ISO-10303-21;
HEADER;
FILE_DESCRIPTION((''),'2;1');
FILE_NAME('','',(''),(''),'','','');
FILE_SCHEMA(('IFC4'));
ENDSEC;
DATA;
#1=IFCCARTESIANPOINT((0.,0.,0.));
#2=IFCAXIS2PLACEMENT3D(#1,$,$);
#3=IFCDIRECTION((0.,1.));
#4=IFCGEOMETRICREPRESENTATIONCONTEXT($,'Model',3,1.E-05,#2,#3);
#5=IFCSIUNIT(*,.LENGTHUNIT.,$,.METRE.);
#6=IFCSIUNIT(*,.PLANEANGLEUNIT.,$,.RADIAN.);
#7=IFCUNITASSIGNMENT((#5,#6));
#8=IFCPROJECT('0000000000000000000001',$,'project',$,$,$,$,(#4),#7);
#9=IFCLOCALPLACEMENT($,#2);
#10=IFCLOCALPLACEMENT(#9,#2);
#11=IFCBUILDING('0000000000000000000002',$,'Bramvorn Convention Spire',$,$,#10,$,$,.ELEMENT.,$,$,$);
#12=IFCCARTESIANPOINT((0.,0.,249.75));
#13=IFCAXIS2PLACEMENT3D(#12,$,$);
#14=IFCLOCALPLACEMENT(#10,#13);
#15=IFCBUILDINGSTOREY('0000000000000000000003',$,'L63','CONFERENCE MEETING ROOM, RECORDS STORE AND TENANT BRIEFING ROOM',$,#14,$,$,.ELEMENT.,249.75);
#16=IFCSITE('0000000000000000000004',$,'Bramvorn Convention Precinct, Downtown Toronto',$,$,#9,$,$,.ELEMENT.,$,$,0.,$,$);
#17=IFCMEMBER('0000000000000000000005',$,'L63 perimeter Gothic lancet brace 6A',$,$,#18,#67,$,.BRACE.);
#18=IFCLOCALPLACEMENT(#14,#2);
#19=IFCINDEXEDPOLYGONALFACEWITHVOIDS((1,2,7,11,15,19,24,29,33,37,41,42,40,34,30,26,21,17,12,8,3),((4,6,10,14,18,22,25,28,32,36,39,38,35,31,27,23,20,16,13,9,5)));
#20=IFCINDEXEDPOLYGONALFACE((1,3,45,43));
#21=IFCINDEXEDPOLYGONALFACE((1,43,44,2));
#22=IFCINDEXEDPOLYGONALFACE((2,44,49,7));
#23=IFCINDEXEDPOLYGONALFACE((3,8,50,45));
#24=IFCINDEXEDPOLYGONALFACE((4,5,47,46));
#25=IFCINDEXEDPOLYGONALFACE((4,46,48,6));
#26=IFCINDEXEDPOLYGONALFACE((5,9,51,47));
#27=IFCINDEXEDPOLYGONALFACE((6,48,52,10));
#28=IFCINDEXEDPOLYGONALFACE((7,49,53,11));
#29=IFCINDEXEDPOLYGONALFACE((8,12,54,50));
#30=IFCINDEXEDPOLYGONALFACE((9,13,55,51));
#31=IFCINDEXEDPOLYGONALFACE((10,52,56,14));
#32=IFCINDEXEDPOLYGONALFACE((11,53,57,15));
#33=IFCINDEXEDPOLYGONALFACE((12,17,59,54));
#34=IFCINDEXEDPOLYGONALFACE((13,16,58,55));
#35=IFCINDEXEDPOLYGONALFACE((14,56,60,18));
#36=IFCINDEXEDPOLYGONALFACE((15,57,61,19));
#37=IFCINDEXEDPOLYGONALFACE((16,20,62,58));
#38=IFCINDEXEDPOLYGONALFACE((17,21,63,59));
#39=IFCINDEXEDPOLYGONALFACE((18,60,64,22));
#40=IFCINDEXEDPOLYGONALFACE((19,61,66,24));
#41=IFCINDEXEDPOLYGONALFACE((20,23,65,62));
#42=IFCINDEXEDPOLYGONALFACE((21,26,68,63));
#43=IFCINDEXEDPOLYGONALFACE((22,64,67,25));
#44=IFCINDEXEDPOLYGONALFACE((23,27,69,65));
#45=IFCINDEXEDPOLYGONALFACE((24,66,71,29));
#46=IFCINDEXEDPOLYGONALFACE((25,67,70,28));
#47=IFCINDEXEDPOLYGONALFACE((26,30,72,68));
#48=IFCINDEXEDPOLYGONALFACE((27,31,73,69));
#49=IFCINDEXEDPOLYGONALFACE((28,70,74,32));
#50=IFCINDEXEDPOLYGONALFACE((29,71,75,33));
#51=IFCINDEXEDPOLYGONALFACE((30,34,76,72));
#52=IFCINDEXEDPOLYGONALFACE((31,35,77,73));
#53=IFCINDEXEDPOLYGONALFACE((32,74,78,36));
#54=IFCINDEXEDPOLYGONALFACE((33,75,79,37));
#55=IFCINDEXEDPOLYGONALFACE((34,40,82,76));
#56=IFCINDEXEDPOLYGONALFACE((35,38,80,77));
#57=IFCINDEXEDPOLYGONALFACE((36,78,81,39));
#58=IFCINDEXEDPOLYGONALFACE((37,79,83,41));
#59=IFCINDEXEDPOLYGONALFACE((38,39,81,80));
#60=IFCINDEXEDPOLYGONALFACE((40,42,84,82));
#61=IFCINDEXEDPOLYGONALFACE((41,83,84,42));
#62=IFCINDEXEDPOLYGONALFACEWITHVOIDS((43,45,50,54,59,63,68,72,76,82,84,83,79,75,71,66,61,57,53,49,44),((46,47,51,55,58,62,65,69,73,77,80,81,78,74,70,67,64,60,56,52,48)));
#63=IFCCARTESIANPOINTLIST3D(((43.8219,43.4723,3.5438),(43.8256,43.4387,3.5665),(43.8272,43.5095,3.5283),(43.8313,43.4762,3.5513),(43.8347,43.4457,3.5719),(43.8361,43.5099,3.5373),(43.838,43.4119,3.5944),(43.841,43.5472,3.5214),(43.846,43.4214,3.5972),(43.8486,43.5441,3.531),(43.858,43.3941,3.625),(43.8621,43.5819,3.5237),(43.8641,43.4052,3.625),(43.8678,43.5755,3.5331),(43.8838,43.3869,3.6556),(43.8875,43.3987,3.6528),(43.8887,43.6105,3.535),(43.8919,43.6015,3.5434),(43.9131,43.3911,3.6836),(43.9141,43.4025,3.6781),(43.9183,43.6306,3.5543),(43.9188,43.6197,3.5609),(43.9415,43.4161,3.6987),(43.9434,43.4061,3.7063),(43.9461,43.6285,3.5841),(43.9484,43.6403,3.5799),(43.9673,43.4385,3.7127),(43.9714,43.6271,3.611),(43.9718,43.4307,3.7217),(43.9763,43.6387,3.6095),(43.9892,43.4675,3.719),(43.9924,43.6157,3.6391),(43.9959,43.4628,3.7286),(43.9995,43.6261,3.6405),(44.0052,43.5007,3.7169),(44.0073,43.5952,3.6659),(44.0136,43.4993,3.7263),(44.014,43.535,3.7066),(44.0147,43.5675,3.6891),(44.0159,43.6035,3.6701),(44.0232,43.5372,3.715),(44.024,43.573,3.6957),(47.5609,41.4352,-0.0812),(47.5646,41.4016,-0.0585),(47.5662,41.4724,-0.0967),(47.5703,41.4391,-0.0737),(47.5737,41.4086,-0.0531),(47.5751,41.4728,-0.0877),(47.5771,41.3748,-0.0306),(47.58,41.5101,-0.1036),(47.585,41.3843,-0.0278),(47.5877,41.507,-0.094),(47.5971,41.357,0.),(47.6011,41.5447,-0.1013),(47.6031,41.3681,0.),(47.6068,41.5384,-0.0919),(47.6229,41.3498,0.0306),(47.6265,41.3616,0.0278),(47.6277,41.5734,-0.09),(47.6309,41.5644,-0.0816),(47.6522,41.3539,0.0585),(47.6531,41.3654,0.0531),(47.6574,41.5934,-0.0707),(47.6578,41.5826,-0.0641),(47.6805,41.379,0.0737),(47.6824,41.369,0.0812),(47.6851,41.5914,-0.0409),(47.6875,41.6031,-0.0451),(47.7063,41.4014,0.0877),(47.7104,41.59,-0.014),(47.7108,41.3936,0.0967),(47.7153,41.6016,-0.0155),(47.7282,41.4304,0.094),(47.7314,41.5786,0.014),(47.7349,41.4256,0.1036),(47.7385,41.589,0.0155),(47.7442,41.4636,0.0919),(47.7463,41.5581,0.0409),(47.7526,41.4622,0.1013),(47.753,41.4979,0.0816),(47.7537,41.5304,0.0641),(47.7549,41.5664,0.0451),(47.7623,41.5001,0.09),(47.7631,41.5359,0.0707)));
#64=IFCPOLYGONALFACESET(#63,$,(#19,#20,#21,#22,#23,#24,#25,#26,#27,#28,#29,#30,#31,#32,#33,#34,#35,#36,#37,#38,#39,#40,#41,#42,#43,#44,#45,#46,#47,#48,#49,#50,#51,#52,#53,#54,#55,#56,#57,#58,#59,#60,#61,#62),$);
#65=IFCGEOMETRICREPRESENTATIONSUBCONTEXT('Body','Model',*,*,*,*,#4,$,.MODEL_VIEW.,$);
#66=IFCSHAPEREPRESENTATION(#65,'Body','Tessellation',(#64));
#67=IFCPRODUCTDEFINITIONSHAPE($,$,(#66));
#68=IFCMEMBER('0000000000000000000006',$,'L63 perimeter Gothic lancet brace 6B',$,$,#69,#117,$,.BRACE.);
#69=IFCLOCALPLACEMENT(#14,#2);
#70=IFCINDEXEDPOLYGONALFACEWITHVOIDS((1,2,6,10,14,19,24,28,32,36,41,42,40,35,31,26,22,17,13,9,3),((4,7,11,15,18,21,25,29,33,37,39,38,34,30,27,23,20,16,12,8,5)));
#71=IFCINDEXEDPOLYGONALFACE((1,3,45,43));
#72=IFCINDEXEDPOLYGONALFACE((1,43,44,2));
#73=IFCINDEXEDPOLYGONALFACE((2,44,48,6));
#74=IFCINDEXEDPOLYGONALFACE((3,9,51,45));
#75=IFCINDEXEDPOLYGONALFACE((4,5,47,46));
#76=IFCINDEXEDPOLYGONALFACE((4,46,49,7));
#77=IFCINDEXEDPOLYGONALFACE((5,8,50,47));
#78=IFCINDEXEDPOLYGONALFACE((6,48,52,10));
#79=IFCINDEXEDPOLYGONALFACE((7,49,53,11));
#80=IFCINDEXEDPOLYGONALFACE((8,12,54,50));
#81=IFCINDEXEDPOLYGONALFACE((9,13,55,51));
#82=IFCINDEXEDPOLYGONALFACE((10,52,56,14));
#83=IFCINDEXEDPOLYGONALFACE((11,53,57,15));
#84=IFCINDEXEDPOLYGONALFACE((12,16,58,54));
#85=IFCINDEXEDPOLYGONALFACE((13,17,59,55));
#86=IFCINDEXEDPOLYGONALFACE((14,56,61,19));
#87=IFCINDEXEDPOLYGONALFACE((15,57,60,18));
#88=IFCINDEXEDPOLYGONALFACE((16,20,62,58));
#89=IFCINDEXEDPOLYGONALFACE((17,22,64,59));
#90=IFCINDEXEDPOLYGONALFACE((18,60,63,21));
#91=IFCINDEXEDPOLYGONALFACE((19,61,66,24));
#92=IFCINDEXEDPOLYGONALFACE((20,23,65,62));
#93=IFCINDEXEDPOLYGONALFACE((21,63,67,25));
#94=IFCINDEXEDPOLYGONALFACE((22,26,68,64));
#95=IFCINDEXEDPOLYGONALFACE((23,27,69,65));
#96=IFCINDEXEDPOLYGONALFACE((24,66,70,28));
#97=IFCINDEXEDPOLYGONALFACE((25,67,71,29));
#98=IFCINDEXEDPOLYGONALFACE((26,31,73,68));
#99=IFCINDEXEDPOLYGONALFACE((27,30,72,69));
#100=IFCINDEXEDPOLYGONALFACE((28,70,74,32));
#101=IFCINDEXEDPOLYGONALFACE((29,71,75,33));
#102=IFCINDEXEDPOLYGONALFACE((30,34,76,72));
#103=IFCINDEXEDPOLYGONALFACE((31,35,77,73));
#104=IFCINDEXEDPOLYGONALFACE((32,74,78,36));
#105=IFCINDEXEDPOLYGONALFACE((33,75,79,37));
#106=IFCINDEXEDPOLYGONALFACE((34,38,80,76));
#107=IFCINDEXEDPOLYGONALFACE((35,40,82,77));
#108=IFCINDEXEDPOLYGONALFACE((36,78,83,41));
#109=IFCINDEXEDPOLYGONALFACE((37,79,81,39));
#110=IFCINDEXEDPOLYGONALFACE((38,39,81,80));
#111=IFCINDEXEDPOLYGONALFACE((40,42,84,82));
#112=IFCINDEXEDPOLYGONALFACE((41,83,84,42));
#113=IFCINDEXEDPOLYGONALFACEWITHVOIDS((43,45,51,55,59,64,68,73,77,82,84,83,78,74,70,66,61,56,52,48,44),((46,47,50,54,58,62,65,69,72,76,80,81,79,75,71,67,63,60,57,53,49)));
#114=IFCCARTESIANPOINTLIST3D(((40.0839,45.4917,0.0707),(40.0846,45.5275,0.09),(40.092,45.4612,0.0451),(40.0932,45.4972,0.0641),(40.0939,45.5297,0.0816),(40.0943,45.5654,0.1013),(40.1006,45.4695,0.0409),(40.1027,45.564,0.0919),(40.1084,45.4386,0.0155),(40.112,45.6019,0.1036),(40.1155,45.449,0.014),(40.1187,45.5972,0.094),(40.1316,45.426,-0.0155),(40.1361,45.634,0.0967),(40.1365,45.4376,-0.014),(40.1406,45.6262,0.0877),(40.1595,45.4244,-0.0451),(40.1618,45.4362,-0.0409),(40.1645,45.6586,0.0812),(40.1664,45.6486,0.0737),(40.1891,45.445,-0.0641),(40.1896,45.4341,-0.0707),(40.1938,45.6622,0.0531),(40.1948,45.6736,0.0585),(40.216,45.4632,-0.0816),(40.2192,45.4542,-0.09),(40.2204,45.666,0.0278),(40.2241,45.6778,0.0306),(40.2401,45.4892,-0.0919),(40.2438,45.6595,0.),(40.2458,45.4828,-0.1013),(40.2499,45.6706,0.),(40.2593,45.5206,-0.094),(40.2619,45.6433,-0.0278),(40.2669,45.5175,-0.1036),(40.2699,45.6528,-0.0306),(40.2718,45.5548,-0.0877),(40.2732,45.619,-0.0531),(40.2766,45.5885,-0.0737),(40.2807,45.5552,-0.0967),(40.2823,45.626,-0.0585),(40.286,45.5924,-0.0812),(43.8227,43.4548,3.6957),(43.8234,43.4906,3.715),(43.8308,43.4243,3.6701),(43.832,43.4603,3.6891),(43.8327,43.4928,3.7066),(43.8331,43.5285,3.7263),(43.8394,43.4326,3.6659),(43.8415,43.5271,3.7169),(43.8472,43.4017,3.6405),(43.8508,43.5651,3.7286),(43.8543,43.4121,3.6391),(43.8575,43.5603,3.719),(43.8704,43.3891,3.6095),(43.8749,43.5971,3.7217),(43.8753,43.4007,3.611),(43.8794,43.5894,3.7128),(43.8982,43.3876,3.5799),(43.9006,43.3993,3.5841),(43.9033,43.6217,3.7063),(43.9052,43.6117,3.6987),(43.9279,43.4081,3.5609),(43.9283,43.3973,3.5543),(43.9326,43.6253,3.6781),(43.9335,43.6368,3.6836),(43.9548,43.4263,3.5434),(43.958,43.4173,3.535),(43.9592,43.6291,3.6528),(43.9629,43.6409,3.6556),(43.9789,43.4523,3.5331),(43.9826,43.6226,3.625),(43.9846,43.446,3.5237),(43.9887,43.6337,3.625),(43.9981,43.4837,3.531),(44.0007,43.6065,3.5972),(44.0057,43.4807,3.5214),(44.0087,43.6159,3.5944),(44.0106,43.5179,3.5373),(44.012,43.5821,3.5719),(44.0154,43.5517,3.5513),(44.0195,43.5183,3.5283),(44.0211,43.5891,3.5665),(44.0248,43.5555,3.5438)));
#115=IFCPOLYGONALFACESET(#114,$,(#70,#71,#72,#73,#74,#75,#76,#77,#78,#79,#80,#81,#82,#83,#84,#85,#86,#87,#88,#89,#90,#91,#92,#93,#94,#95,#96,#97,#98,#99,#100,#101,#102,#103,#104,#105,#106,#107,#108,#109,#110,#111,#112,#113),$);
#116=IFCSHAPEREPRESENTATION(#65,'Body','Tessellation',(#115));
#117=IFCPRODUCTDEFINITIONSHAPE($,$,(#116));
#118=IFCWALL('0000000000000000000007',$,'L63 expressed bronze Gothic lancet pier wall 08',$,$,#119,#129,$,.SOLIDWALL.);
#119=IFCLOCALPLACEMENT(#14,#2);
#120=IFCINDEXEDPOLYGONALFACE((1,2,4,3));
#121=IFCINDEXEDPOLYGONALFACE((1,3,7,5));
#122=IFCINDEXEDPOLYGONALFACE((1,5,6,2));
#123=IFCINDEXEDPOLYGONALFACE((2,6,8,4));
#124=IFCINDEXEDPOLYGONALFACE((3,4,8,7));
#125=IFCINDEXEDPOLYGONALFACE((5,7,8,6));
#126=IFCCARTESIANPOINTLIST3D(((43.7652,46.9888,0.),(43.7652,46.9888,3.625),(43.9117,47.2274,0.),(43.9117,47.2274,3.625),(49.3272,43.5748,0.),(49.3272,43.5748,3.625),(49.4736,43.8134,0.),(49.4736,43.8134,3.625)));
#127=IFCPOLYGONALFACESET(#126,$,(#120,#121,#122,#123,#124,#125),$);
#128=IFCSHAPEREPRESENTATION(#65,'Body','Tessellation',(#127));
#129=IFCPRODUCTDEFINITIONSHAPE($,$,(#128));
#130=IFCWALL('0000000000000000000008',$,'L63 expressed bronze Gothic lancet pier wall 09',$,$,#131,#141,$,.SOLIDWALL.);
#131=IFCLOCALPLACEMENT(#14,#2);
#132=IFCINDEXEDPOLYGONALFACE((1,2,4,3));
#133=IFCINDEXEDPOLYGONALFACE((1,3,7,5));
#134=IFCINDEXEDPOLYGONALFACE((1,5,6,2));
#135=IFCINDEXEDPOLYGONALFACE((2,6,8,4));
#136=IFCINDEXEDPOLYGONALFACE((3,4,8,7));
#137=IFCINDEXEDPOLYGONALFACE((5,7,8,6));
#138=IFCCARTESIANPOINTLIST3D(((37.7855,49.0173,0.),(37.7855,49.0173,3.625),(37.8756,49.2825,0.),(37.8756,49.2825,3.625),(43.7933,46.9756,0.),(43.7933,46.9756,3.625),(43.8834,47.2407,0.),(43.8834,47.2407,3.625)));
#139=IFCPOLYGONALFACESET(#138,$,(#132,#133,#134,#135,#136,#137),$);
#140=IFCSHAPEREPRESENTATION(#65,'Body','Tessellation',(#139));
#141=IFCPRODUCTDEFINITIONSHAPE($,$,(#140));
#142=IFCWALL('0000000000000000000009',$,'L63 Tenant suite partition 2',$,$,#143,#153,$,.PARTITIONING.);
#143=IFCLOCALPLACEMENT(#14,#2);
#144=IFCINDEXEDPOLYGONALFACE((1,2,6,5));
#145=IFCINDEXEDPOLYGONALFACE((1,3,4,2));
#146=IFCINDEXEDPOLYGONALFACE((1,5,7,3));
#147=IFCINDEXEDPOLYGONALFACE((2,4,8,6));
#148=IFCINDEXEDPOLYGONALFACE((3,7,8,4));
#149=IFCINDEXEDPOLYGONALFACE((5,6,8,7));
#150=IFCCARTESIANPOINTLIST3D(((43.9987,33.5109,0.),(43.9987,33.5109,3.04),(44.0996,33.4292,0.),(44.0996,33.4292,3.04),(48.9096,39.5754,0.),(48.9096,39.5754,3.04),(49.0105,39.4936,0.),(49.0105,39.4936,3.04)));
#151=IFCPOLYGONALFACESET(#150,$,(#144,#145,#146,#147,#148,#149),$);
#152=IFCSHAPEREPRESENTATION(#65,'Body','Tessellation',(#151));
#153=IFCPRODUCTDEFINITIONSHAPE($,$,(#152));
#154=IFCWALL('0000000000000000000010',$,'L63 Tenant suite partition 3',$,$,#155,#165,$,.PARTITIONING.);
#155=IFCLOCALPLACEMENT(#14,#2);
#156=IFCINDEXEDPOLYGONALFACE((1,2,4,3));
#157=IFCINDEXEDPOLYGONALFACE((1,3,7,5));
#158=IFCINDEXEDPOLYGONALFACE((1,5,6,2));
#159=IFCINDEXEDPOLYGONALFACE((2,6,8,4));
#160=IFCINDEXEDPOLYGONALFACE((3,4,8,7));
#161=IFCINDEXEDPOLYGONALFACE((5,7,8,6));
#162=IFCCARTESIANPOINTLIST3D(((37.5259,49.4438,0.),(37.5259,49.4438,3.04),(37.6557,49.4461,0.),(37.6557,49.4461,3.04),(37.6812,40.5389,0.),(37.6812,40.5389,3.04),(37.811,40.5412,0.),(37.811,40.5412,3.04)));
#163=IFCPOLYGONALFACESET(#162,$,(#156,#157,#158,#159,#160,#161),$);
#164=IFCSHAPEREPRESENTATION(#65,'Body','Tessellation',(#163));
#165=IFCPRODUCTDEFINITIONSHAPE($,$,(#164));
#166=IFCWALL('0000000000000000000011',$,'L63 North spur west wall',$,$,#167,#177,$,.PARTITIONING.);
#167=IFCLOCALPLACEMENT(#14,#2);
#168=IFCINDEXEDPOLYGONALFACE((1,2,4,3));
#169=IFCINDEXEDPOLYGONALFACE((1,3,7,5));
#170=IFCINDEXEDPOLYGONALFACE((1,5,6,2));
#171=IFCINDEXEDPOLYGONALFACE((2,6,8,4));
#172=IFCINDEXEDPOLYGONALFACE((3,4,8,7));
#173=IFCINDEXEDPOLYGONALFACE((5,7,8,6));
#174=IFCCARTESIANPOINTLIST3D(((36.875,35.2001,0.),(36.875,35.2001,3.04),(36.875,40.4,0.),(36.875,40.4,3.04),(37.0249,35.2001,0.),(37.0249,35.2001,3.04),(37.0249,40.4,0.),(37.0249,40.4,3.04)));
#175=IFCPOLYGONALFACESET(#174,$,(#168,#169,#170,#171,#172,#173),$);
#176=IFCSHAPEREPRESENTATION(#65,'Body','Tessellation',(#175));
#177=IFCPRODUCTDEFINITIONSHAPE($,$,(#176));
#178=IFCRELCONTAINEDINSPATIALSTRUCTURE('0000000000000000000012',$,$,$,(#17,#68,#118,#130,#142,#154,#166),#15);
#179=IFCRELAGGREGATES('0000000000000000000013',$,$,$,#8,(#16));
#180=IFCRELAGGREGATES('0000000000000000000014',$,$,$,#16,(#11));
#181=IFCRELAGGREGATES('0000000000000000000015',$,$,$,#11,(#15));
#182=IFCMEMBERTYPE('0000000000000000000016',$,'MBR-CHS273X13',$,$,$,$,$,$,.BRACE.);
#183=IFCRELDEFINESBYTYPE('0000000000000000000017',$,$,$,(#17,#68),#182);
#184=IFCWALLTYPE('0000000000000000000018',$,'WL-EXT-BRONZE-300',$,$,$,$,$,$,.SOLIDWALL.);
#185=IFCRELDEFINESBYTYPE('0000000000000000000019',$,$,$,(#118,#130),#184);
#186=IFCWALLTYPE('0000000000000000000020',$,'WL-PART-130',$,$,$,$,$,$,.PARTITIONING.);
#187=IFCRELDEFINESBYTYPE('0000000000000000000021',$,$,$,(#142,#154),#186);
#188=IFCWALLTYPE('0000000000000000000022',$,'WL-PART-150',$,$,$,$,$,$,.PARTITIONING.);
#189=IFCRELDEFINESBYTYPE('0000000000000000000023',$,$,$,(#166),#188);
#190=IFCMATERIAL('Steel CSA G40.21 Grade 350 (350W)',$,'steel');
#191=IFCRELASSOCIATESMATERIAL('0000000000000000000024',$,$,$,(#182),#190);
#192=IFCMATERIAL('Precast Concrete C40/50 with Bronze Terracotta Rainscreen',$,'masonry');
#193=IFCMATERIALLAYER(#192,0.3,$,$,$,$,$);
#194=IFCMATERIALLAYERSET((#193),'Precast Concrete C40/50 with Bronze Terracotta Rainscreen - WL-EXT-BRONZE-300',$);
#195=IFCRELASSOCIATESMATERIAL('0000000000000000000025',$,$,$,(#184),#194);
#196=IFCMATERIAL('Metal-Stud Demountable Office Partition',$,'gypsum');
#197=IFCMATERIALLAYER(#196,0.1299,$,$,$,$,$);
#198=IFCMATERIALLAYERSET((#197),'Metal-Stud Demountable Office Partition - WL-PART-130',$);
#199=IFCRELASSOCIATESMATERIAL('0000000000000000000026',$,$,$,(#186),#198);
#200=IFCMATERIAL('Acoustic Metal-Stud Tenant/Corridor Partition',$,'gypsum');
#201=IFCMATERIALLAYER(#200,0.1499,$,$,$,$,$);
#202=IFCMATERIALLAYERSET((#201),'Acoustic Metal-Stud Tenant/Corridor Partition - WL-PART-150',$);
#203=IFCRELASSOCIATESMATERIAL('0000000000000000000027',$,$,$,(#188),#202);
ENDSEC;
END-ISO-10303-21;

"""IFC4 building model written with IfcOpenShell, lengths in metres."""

from ifc_helpers import new_model, si_unit, direction, frame, frame_2d, origin, origin_2d, place, context, subcontext, project, spatial, rectangle, hollow_circle, extrude, material, layer, layer_set, material_profile, profile_set, type_object, element, save


model = new_model("IFC4")

# Units and contexts
model_context = context("Model", 3, precision=1e-05, world=origin(), true_north=direction((0.0, 1.0)))
body_context = subcontext(model_context, "Body", "Model", "MODEL_VIEW")
ifc_project = project(units=[si_unit("LENGTHUNIT", "METRE"), si_unit("PLANEANGLEUNIT", "RADIAN")], contexts=[model_context])

# Site, building, storey
site_placement = place(None, origin())
site = spatial("IfcSite", under=ifc_project, at=site_placement, Name="Bramvorn Convention Precinct, Downtown Toronto", CompositionType="ELEMENT", RefElevation=0.0)
building_placement = place(site_placement, origin())
building = spatial("IfcBuilding", under=site, at=building_placement, Name="Bramvorn Convention Spire", CompositionType="ELEMENT")
storey_placement = place(building_placement, frame((0.0, 0.0, 249.75)))
storey = spatial("IfcBuildingStorey", under=building, at=storey_placement, Name="L63", Description="CONFERENCE MEETING ROOM, RECORDS STORE AND TENANT BRIEFING ROOM", CompositionType="ELEMENT", Elevation=249.75)

# Shared definitions
ifc_material_1 = material(Name="Steel CSA G40.21 Grade 350 (350W)", Category="steel")

# Members
ifc_material_profile_1 = material_profile(ifc_material_1, hollow_circle(Radius=0.1365, WallThickness=0.0127, at=origin_2d()))
ifc_profile_set_1 = profile_set([ifc_material_profile_1], Name="Steel CSA G40.21 Grade 350 (350W) - CHS273X13")
member_type = type_object("IfcMemberType", Name="MBR-CHS273X13", PredefinedType="BRACE", material=ifc_profile_set_1)
member_1_placement = place(storey_placement, frame((47.6624, 41.4768, 0.0), z_axis=(-0.668634, 0.364289, 0.648245), x_axis=(-0.478426, -0.878128, 0.0)))
element("IfcMember", 1, at=member_1_placement, inside=storey, type_object=member_type, Name="L63 perimeter Gothic lancet brace 6A", PredefinedType="BRACE", context=body_context, shape_type="SweptSolid", body=[
    extrude(hollow_circle(Radius=0.1365, WallThickness=0.0127, at=origin_2d()), origin(), (0.0, 0.0, 1.0), 5.592),
])
member_2_placement = place(storey_placement, frame((40.1846, 45.5508, 0.0), z_axis=(0.668621, -0.364262, 0.648275), x_axis=(0.478406, 0.878139, 0.0)))
element("IfcMember", 2, at=member_2_placement, inside=storey, type_object=member_type, Name="L63 perimeter Gothic lancet brace 6B", PredefinedType="BRACE", context=body_context, shape_type="SweptSolid", body=[
    extrude(hollow_circle(Radius=0.1365, WallThickness=0.0127, at=origin_2d()), origin(), (0.0, 0.0, 1.0), 5.5918),
])

# Walls
ifc_material_2 = material(Name="Precast Concrete C40/50 with Bronze Terracotta Rainscreen", Category="masonry")
ifc_layer_1 = layer(ifc_material_2, 0.3)
ifc_layer_set_1 = layer_set([ifc_layer_1], Name="Precast Concrete C40/50 with Bronze Terracotta Rainscreen - WL-EXT-BRONZE-300")
wall_type_1 = type_object("IfcWallType", Name="WL-EXT-BRONZE-300", PredefinedType="SOLIDWALL", material=ifc_layer_set_1)
wall_1_placement = place(storey_placement, frame((43.8384, 47.1082, 0.0), z_axis=(0.0, 0.0, 1.0), x_axis=(0.852254, -0.523129, 0.0)))
element("IfcWall", 3, at=wall_1_placement, inside=storey, type_object=wall_type_1, Name="L63 expressed bronze Gothic lancet pier wall 08", PredefinedType="SOLIDWALL", context=body_context, shape_type="SweptSolid", body=[
    extrude(rectangle(XDim=6.5261, YDim=0.28, at=frame_2d((3.2632, 0.0))), origin(), (0.0, 0.0, 1.0), 3.625),
])
wall_2_placement = place(storey_placement, frame((37.8306, 49.1499, 0.0), z_axis=(0.0, 0.0, 1.0), x_axis=(0.946816, -0.321774, 0.0)))
element("IfcWall", 4, at=wall_2_placement, inside=storey, type_object=wall_type_1, Name="L63 expressed bronze Gothic lancet pier wall 09", PredefinedType="SOLIDWALL", context=body_context, shape_type="SweptSolid", body=[
    extrude(rectangle(XDim=6.3452, YDim=0.28, at=frame_2d((3.1726, 0.0))), origin(), (0.0, 0.0, 1.0), 3.625),
])
ifc_material_3 = material(Name="Metal-Stud Demountable Office Partition", Category="gypsum")
ifc_layer_2 = layer(ifc_material_3, 0.1299)
ifc_layer_set_2 = layer_set([ifc_layer_2], Name="Metal-Stud Demountable Office Partition - WL-PART-130")
wall_type_2 = type_object("IfcWallType", Name="WL-PART-130", PredefinedType="PARTITIONING", material=ifc_layer_set_2)
wall_3_placement = place(storey_placement, frame((44.0491, 33.47, 0.0), z_axis=(0.0, 0.0, 1.0), x_axis=(0.62932, 0.777147, 0.0)))
element("IfcWall", 5, at=wall_3_placement, inside=storey, type_object=wall_type_2, Name="L63 Tenant suite partition 2", PredefinedType="PARTITIONING", context=body_context, shape_type="SweptSolid", body=[
    extrude(rectangle(XDim=7.8035, YDim=0.1299, at=frame_2d((3.9019, 0.0))), origin(), (0.0, 0.0, 1.0), 3.04),
])
wall_4_placement = place(storey_placement, frame((37.7461, 40.54, 0.0), z_axis=(0.0, 0.0, 1.0), x_axis=(-0.017434, 0.999848, 0.0)))
element("IfcWall", 6, at=wall_4_placement, inside=storey, type_object=wall_type_2, Name="L63 Tenant suite partition 3", PredefinedType="PARTITIONING", context=body_context, shape_type="SweptSolid", body=[
    extrude(rectangle(XDim=8.9062, YDim=0.1299, at=frame_2d((4.4531, 0.0))), origin(), (0.0, 0.0, 1.0), 3.04),
])
ifc_material_4 = material(Name="Acoustic Metal-Stud Tenant/Corridor Partition", Category="gypsum")
ifc_layer_3 = layer(ifc_material_4, 0.1499)
ifc_layer_set_3 = layer_set([ifc_layer_3], Name="Acoustic Metal-Stud Tenant/Corridor Partition - WL-PART-150")
wall_type_3 = type_object("IfcWallType", Name="WL-PART-150", PredefinedType="PARTITIONING", material=ifc_layer_set_3)
wall_5_placement = place(storey_placement, frame((36.95, 35.2, 0.0), z_axis=(0.0, 0.0, 1.0), x_axis=(0.0, 1.0, 0.0)))
element("IfcWall", 7, at=wall_5_placement, inside=storey, type_object=wall_type_3, Name="L63 North spur west wall", PredefinedType="PARTITIONING", context=body_context, shape_type="SweptSolid", body=[
    extrude(rectangle(XDim=5.2, YDim=0.1499, at=frame_2d((2.6001, 0.0))), origin(), (0.0, 0.0, 1.0), 3.04),
])

save(model, "model.ifc")
